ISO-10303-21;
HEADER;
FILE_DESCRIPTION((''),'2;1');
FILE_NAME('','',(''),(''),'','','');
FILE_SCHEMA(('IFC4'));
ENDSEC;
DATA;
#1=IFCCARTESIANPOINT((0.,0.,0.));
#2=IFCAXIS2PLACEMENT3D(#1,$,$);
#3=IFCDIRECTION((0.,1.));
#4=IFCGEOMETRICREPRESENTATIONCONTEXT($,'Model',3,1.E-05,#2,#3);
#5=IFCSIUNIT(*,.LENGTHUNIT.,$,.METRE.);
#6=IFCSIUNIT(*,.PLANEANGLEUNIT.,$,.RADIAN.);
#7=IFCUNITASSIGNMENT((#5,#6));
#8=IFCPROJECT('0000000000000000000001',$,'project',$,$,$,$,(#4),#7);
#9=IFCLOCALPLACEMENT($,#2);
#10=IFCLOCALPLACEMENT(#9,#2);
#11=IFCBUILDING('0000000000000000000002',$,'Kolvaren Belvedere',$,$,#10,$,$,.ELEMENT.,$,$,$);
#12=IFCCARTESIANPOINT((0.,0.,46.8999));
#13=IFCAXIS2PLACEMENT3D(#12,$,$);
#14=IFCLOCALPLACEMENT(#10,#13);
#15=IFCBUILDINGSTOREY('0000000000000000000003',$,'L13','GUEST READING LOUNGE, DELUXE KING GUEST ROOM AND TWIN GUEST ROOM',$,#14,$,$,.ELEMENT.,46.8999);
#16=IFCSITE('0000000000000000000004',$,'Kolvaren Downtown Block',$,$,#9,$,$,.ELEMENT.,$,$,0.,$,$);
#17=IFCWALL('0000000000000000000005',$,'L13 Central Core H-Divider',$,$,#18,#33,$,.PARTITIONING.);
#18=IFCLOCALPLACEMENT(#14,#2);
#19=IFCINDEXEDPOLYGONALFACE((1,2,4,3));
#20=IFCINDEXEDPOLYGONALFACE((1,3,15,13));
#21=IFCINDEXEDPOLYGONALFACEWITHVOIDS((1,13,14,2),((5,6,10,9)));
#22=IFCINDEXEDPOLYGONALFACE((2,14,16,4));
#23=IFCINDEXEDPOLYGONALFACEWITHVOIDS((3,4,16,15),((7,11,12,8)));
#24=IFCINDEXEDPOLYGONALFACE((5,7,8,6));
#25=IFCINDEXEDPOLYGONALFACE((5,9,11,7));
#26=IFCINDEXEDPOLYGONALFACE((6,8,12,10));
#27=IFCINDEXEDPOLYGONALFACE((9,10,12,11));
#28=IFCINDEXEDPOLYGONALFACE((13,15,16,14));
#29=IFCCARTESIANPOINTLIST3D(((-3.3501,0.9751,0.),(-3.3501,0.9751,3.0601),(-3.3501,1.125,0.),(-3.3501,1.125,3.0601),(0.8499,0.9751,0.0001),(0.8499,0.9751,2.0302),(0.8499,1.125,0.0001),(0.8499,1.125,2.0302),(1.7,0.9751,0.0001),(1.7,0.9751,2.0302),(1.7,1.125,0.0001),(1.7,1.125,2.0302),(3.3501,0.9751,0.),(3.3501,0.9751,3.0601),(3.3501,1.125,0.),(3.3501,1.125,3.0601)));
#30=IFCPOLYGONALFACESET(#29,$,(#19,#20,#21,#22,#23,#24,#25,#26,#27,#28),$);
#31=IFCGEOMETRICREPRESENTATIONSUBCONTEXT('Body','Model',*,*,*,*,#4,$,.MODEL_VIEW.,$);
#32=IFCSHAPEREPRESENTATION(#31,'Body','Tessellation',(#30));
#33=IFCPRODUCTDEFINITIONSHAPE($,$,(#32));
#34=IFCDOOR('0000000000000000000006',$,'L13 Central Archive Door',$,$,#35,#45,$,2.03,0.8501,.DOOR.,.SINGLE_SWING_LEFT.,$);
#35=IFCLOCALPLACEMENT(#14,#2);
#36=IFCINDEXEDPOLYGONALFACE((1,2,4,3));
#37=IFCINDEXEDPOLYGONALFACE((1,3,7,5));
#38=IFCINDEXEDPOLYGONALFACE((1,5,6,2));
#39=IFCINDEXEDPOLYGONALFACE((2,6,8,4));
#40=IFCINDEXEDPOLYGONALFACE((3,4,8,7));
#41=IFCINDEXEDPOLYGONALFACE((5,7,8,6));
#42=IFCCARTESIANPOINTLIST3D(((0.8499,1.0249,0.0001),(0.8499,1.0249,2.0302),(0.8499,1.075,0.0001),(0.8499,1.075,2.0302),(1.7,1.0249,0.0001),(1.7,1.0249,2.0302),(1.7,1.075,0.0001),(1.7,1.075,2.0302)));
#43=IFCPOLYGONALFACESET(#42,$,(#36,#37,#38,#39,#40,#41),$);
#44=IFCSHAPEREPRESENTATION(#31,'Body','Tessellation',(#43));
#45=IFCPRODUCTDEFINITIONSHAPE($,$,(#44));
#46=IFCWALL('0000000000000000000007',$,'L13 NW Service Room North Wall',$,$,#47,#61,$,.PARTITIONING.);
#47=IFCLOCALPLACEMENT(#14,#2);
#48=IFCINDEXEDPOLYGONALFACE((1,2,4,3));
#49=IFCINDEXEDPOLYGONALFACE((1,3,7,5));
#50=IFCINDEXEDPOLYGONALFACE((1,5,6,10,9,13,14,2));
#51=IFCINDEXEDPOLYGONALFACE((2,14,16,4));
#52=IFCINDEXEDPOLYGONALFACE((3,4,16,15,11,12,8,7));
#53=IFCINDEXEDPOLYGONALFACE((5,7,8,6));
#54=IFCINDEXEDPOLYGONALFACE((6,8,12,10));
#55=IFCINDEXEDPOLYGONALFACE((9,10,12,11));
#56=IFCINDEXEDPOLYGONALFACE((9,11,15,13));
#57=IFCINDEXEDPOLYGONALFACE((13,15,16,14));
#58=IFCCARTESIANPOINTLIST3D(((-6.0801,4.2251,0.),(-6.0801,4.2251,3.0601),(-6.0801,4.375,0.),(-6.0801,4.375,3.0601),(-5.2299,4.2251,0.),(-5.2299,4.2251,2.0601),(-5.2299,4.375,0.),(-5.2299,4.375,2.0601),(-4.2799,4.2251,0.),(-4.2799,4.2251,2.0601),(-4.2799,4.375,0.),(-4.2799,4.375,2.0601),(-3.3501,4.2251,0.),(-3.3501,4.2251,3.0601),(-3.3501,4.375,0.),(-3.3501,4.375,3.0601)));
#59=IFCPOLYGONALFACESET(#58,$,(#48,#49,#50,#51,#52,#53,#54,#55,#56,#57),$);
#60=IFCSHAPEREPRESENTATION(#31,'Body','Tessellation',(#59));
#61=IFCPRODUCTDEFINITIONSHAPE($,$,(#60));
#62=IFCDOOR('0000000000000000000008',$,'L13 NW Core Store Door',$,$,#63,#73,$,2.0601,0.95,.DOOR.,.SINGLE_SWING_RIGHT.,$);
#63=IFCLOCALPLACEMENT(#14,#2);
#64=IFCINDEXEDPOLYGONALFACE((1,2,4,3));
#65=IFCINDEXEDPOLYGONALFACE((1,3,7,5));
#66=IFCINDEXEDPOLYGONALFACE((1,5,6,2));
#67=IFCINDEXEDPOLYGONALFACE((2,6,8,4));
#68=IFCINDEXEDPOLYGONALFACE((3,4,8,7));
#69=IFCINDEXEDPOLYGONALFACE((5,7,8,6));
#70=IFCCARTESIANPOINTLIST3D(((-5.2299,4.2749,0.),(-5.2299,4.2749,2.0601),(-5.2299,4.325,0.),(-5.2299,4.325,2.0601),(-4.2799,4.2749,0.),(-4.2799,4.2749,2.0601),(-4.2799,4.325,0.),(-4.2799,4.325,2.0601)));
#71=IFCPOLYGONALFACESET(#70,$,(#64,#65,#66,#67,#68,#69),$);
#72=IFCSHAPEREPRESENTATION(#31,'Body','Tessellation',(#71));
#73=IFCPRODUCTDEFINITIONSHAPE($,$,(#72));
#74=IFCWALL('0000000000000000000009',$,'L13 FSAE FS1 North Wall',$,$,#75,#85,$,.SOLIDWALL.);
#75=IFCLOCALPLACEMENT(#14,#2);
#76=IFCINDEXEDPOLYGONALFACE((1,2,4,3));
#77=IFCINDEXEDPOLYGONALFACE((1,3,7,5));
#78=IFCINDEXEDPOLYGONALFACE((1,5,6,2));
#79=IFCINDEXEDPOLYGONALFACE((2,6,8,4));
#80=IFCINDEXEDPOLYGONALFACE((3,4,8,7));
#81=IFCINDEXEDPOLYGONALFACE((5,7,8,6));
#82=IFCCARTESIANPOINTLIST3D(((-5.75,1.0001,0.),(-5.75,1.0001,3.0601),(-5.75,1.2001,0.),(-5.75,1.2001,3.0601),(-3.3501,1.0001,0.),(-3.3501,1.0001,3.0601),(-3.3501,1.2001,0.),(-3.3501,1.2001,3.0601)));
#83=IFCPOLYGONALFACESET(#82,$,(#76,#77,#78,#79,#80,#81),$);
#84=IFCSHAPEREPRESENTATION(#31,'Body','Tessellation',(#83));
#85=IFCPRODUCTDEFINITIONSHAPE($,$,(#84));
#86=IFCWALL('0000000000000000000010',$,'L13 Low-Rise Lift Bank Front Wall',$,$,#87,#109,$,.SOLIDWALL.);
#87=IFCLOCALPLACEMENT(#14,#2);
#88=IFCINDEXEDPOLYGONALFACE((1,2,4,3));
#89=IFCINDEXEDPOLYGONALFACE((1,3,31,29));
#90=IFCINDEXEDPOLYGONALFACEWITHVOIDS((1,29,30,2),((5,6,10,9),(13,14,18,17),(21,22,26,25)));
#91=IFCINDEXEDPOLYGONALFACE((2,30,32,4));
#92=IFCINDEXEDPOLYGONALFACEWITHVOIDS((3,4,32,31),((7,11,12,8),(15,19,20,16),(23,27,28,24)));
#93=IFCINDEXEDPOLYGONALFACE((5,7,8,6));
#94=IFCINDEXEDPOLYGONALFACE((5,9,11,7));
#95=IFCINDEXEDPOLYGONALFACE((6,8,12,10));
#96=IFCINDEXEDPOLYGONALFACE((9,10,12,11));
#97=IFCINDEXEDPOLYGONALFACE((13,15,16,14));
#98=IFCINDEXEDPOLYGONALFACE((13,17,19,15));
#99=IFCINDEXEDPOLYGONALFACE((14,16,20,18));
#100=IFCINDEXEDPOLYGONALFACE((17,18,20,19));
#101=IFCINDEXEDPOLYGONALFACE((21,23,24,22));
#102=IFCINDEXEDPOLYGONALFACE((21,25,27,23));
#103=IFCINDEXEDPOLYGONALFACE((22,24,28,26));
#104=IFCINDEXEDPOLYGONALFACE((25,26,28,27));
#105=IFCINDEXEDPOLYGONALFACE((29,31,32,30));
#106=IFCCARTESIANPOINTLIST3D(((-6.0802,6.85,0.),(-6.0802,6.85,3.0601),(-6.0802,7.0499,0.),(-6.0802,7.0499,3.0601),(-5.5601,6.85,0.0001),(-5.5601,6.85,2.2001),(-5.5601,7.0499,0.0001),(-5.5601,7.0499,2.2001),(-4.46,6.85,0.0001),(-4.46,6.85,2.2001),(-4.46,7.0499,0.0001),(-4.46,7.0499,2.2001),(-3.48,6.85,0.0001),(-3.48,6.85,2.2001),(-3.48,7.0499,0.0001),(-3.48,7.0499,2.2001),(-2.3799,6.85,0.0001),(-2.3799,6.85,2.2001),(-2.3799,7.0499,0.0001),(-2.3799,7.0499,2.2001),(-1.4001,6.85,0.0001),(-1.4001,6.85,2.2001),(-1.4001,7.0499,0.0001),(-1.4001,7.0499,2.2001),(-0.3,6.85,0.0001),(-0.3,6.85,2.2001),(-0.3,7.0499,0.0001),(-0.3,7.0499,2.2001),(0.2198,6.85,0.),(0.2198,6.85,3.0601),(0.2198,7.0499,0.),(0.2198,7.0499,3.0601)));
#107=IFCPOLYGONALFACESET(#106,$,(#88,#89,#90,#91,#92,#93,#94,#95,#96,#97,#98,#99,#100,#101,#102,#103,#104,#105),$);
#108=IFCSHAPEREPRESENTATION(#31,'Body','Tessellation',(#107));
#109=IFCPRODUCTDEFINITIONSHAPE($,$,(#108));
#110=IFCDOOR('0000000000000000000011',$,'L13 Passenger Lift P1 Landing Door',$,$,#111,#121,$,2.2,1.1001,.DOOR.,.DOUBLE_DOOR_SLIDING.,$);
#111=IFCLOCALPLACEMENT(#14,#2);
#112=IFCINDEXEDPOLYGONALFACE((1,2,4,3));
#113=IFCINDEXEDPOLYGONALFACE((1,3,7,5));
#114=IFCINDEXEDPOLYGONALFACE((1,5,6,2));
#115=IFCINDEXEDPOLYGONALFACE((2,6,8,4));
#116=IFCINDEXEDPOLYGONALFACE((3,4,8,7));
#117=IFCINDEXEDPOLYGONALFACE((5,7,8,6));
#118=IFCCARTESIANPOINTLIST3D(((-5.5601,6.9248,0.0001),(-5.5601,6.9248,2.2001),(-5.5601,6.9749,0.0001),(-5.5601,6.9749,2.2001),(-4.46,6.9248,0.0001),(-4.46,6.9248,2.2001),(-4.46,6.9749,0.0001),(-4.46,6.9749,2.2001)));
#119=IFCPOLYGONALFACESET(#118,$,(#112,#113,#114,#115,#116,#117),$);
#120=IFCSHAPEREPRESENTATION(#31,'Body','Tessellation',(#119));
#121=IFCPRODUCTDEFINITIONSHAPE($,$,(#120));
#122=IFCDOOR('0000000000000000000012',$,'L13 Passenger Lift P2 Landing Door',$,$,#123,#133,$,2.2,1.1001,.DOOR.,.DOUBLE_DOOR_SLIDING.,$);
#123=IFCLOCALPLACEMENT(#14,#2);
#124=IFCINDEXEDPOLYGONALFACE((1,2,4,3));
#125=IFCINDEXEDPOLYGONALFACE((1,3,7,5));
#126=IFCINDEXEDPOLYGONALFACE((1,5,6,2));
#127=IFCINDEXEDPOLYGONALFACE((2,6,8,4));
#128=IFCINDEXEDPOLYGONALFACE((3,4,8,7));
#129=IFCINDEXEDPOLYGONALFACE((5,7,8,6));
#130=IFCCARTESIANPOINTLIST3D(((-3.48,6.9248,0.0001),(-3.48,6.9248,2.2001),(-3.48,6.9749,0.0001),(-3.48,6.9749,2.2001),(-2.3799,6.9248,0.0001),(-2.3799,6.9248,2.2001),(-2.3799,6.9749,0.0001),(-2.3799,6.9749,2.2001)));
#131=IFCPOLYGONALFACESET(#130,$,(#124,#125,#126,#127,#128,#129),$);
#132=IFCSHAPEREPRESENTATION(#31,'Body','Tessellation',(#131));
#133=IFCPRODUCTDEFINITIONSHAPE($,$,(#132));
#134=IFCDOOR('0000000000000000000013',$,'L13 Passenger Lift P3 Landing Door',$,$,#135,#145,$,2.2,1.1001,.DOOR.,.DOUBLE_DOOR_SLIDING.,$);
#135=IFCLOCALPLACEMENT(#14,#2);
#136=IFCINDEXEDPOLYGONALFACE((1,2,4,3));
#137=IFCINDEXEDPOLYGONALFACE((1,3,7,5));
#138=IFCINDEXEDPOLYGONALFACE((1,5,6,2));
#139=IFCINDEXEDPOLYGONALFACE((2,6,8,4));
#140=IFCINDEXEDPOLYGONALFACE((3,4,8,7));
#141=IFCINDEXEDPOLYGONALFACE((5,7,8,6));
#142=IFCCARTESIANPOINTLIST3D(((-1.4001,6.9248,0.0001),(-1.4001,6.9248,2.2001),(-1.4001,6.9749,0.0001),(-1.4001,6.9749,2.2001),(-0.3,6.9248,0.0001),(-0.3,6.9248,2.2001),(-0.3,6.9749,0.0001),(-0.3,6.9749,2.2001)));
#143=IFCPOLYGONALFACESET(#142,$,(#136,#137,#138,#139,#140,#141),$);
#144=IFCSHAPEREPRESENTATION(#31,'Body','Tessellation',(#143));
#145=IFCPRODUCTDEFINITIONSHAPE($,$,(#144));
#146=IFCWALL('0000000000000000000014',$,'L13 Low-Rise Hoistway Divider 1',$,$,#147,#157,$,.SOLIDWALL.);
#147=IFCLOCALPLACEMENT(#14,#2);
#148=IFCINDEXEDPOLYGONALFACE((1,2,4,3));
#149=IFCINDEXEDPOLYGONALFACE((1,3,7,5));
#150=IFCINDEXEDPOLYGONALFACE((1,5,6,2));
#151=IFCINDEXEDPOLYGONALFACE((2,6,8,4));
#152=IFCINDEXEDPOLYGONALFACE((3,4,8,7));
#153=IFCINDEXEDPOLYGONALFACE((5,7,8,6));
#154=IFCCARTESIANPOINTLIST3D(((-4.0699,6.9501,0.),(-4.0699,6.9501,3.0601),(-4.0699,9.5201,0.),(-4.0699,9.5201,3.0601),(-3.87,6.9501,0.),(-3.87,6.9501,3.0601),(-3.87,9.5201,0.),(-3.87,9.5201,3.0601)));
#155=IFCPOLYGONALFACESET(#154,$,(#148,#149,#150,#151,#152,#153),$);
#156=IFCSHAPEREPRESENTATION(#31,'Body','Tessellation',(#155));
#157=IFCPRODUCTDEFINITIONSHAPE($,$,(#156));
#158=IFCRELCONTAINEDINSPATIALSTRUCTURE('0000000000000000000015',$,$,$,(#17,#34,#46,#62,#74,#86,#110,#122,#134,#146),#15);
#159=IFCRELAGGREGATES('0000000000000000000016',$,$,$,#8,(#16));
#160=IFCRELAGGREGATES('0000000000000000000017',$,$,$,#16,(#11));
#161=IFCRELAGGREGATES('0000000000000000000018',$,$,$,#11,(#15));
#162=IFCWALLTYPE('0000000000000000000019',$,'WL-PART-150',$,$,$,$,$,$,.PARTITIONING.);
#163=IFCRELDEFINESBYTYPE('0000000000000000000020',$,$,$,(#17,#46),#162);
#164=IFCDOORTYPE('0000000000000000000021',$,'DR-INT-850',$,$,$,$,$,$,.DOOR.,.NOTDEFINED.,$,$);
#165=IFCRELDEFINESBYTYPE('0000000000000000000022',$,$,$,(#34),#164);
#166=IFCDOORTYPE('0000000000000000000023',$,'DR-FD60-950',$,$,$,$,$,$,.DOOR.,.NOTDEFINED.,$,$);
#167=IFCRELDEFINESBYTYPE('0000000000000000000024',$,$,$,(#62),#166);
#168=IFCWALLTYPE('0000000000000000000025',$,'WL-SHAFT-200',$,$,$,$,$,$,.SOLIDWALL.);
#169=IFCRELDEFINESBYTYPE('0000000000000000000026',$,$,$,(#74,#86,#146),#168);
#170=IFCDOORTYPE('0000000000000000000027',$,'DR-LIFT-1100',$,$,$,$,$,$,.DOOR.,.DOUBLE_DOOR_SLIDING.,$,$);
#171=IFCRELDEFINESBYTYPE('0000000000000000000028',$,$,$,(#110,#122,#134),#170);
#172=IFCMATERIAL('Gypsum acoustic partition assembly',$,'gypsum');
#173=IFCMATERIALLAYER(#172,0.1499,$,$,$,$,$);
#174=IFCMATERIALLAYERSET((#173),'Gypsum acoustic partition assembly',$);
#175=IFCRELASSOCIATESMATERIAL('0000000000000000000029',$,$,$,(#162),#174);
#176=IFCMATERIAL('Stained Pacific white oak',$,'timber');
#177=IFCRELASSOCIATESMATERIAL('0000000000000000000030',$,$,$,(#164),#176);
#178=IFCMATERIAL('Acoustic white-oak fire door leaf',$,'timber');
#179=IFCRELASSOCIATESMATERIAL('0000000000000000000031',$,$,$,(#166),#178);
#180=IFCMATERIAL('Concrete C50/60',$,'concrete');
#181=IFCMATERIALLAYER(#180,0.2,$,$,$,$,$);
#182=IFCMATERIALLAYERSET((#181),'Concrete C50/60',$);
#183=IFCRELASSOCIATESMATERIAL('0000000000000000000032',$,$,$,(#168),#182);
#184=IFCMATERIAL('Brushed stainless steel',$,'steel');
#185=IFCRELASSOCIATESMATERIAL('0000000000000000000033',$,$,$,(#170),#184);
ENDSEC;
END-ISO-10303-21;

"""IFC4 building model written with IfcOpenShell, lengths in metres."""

from ifc_helpers import new_model, si_unit, direction, frame, frame_2d, origin, place, context, subcontext, project, spatial, rectangle, extrude, material, layer, layer_set, type_object, element, fill, save


model = new_model("IFC4")

# Units and contexts
model_context = context("Model", 3, precision=1e-05, world=origin(), true_north=direction((0.0, 1.0)))
body_context = subcontext(model_context, "Body", "Model", "MODEL_VIEW")
ifc_project = project(units=[si_unit("LENGTHUNIT", "METRE"), si_unit("PLANEANGLEUNIT", "RADIAN")], contexts=[model_context])

# Site, building, storey
site_placement = place(None, origin())
site = spatial("IfcSite", under=ifc_project, at=site_placement, Name="Kolvaren Downtown Block", CompositionType="ELEMENT", RefElevation=0.0)
building_placement = place(site_placement, origin())
building = spatial("IfcBuilding", under=site, at=building_placement, Name="Kolvaren Belvedere", CompositionType="ELEMENT")
storey_placement = place(building_placement, frame((0.0, 0.0, 46.8999)))
storey = spatial("IfcBuildingStorey", under=building, at=storey_placement, Name="L13", Description="GUEST READING LOUNGE, DELUXE KING GUEST ROOM AND TWIN GUEST ROOM", CompositionType="ELEMENT", Elevation=46.8999)

# Walls, openings, doors
ifc_material_1 = material(Name="Gypsum acoustic partition assembly", Category="gypsum")
ifc_layer_1 = layer(ifc_material_1, 0.1499)
ifc_layer_set_1 = layer_set([ifc_layer_1], Name="Gypsum acoustic partition assembly")
wall_type_1 = type_object("IfcWallType", Name="WL-PART-150", PredefinedType="PARTITIONING", material=ifc_layer_set_1)
wall_1_placement = place(storey_placement, frame((-3.3501, 1.05, 0.0), z_axis=(0.0, 0.0, 1.0), x_axis=(1.0, 0.0, 0.0)))
wall_1 = element("IfcWall", 1, at=wall_1_placement, inside=storey, type_object=wall_type_1, Name="L13 Central Core H-Divider", PredefinedType="PARTITIONING", context=body_context, shape_type="SweptSolid", body=[
    extrude(rectangle(XDim=6.7002, YDim=0.1499, at=frame_2d((3.3501, 0.0))), origin(), (0.0, 0.0, 1.0), 3.0601),
])
opening_1_placement = place(wall_1_placement, frame((4.2, 0.0, 0.0)))
opening_1 = element("IfcOpeningElement", 2, at=opening_1_placement, cuts=wall_1, PredefinedType="OPENING", context=body_context, shape_type="SweptSolid", body=[
    extrude(rectangle(XDim=0.8501, YDim=2.03, at=frame_2d((0.425, 1.0151))), frame((0.0, 0.085, 0.0), z_axis=(0.0, -1.0, 0.0), x_axis=(1.0, 0.0, 0.0)), (0.0, 0.0, 1.0), 0.1699),
])
ifc_material_2 = material(Name="Stained Pacific white oak", Category="timber")
door_type_1 = type_object("IfcDoorType", Name="DR-INT-850", OperationType="NOTDEFINED", PredefinedType="DOOR", material=ifc_material_2)
door_1_placement = place(opening_1_placement, origin())
door_1 = element("IfcDoor", 3, at=door_1_placement, inside=storey, type_object=door_type_1, Name="L13 Central Archive Door", OperationType="SINGLE_SWING_LEFT", OverallHeight=2.03, OverallWidth=0.8501, PredefinedType="DOOR", context=body_context, shape_type="SweptSolid", body=[
    extrude(rectangle(XDim=0.8501, YDim=2.03, at=frame_2d((0.425, 1.0151))), frame((0.0, 0.0249, 0.0), z_axis=(0.0, -1.0, 0.0), x_axis=(1.0, 0.0, 0.0)), (0.0, 0.0, 1.0), 0.05),
])
fill(opening_1, door_1)
wall_2_placement = place(storey_placement, frame((-6.0801, 4.3, 0.0), z_axis=(0.0, 0.0, 1.0), x_axis=(1.0, 0.0, 0.0)))
wall_2 = element("IfcWall", 4, at=wall_2_placement, inside=storey, type_object=wall_type_1, Name="L13 NW Service Room North Wall", PredefinedType="PARTITIONING", context=body_context, shape_type="SweptSolid", body=[
    extrude(rectangle(XDim=2.73, YDim=0.1499, at=frame_2d((1.365, 0.0))), origin(), (0.0, 0.0, 1.0), 3.0601),
])
opening_2_placement = place(wall_2_placement, frame((0.8501, 0.0, 0.0)))
opening_2 = element("IfcOpeningElement", 5, at=opening_2_placement, cuts=wall_2, PredefinedType="OPENING", context=body_context, shape_type="SweptSolid", body=[
    extrude(rectangle(XDim=0.95, YDim=2.0601, at=frame_2d((0.4751, 1.03))), frame((0.0, 0.085, 0.0), z_axis=(0.0, -1.0, 0.0), x_axis=(1.0, 0.0, 0.0)), (0.0, 0.0, 1.0), 0.1699),
])
ifc_material_3 = material(Name="Acoustic white-oak fire door leaf", Category="timber")
door_type_2 = type_object("IfcDoorType", Name="DR-FD60-950", OperationType="NOTDEFINED", PredefinedType="DOOR", material=ifc_material_3)
door_2_placement = place(opening_2_placement, origin())
door_2 = element("IfcDoor", 6, at=door_2_placement, inside=storey, type_object=door_type_2, Name="L13 NW Core Store Door", OperationType="SINGLE_SWING_RIGHT", OverallHeight=2.0601, OverallWidth=0.95, PredefinedType="DOOR", context=body_context, shape_type="SweptSolid", body=[
    extrude(rectangle(XDim=0.95, YDim=2.0601, at=frame_2d((0.4751, 1.03))), frame((0.0, 0.0249, 0.0), z_axis=(0.0, -1.0, 0.0), x_axis=(1.0, 0.0, 0.0)), (0.0, 0.0, 1.0), 0.05),
])
fill(opening_2, door_2)

# Wall
ifc_material_4 = material(Name="Concrete C50/60", Category="concrete")
ifc_layer_2 = layer(ifc_material_4, 0.2)
ifc_layer_set_2 = layer_set([ifc_layer_2], Name="Concrete C50/60")
wall_type_2 = type_object("IfcWallType", Name="WL-SHAFT-200", PredefinedType="SOLIDWALL", material=ifc_layer_set_2)
wall_3_placement = place(storey_placement, frame((-5.75, 1.1001, 0.0), z_axis=(0.0, 0.0, 1.0), x_axis=(1.0, 0.0, 0.0)))
element("IfcWall", 7, at=wall_3_placement, inside=storey, type_object=wall_type_2, Name="L13 FSAE FS1 North Wall", PredefinedType="SOLIDWALL", context=body_context, shape_type="SweptSolid", body=[
    extrude(rectangle(XDim=2.3999, YDim=0.2, at=frame_2d((1.2, 0.0))), origin(), (0.0, 0.0, 1.0), 3.0601),
])

# Wall, openings, doors
wall_4_placement = place(storey_placement, frame((-6.0801, 6.95, 0.0), z_axis=(0.0, 0.0, 1.0), x_axis=(1.0, 0.0, 0.0)))
wall_4 = element("IfcWall", 8, at=wall_4_placement, inside=storey, type_object=wall_type_2, Name="L13 Low-Rise Lift Bank Front Wall", PredefinedType="SOLIDWALL", context=body_context, shape_type="SweptSolid", body=[
    extrude(rectangle(XDim=6.3, YDim=0.2, at=frame_2d((3.1499, 0.0))), origin(), (0.0, 0.0, 1.0), 3.0601),
])
opening_3_placement = place(wall_4_placement, frame((0.52, 0.0, 0.0)))
opening_3 = element("IfcOpeningElement", 9, at=opening_3_placement, cuts=wall_4, PredefinedType="OPENING", context=body_context, shape_type="SweptSolid", body=[
    extrude(rectangle(XDim=1.1001, YDim=2.2, at=frame_2d((0.55, 1.1001))), frame((0.0, 0.1099, 0.0), z_axis=(0.0, -1.0, 0.0), x_axis=(1.0, 0.0, 0.0)), (0.0, 0.0, 1.0), 0.22),
])
opening_4_placement = place(wall_4_placement, frame((2.6001, 0.0, 0.0)))
opening_4 = element("IfcOpeningElement", 10, at=opening_4_placement, cuts=wall_4, PredefinedType="OPENING", context=body_context, shape_type="SweptSolid", body=[
    extrude(rectangle(XDim=1.1001, YDim=2.2, at=frame_2d((0.55, 1.1001))), frame((0.0, 0.1099, 0.0), z_axis=(0.0, -1.0, 0.0), x_axis=(1.0, 0.0, 0.0)), (0.0, 0.0, 1.0), 0.22),
])
opening_5_placement = place(wall_4_placement, frame((4.6799, 0.0, 0.0)))
opening_5 = element("IfcOpeningElement", 11, at=opening_5_placement, cuts=wall_4, PredefinedType="OPENING", context=body_context, shape_type="SweptSolid", body=[
    extrude(rectangle(XDim=1.1001, YDim=2.2, at=frame_2d((0.55, 1.1001))), frame((0.0, 0.1099, 0.0), z_axis=(0.0, -1.0, 0.0), x_axis=(1.0, 0.0, 0.0)), (0.0, 0.0, 1.0), 0.22),
])
ifc_material_5 = material(Name="Brushed stainless steel", Category="steel")
door_type_3 = type_object("IfcDoorType", Name="DR-LIFT-1100", OperationType="DOUBLE_DOOR_SLIDING", PredefinedType="DOOR", material=ifc_material_5)
door_3_placement = place(opening_3_placement, origin())
door_3 = element("IfcDoor", 12, at=door_3_placement, inside=storey, type_object=door_type_3, Name="L13 Passenger Lift P1 Landing Door", OperationType="DOUBLE_DOOR_SLIDING", OverallHeight=2.2, OverallWidth=1.1001, PredefinedType="DOOR", context=body_context, shape_type="SweptSolid", body=[
    extrude(rectangle(XDim=1.1001, YDim=2.2, at=frame_2d((0.55, 1.1001))), frame((0.0, 0.0249, 0.0), z_axis=(0.0, -1.0, 0.0), x_axis=(1.0, 0.0, 0.0)), (0.0, 0.0, 1.0), 0.05),
])
fill(opening_3, door_3)
door_4_placement = place(opening_4_placement, origin())
door_4 = element("IfcDoor", 13, at=door_4_placement, inside=storey, type_object=door_type_3, Name="L13 Passenger Lift P2 Landing Door", OperationType="DOUBLE_DOOR_SLIDING", OverallHeight=2.2, OverallWidth=1.1001, PredefinedType="DOOR", context=body_context, shape_type="SweptSolid", body=[
    extrude(rectangle(XDim=1.1001, YDim=2.2, at=frame_2d((0.55, 1.1001))), frame((0.0, 0.0249, 0.0), z_axis=(0.0, -1.0, 0.0), x_axis=(1.0, 0.0, 0.0)), (0.0, 0.0, 1.0), 0.05),
])
fill(opening_4, door_4)
door_5_placement = place(opening_5_placement, origin())
door_5 = element("IfcDoor", 14, at=door_5_placement, inside=storey, type_object=door_type_3, Name="L13 Passenger Lift P3 Landing Door", OperationType="DOUBLE_DOOR_SLIDING", OverallHeight=2.2, OverallWidth=1.1001, PredefinedType="DOOR", context=body_context, shape_type="SweptSolid", body=[
    extrude(rectangle(XDim=1.1001, YDim=2.2, at=frame_2d((0.55, 1.1001))), frame((0.0, 0.0249, 0.0), z_axis=(0.0, -1.0, 0.0), x_axis=(1.0, 0.0, 0.0)), (0.0, 0.0, 1.0), 0.05),
])
fill(opening_5, door_5)

# Wall
wall_5_placement = place(storey_placement, frame((-3.97, 6.95, 0.0), z_axis=(0.0, 0.0, 1.0), x_axis=(0.0, 1.0, 0.0)))
element("IfcWall", 15, at=wall_5_placement, inside=storey, type_object=wall_type_2, Name="L13 Low-Rise Hoistway Divider 1", PredefinedType="SOLIDWALL", context=body_context, shape_type="SweptSolid", body=[
    extrude(rectangle(XDim=2.5701, YDim=0.2, at=frame_2d((1.2852, 0.0))), origin(), (0.0, 0.0, 1.0), 3.0601),
])

save(model, "model.ifc")
